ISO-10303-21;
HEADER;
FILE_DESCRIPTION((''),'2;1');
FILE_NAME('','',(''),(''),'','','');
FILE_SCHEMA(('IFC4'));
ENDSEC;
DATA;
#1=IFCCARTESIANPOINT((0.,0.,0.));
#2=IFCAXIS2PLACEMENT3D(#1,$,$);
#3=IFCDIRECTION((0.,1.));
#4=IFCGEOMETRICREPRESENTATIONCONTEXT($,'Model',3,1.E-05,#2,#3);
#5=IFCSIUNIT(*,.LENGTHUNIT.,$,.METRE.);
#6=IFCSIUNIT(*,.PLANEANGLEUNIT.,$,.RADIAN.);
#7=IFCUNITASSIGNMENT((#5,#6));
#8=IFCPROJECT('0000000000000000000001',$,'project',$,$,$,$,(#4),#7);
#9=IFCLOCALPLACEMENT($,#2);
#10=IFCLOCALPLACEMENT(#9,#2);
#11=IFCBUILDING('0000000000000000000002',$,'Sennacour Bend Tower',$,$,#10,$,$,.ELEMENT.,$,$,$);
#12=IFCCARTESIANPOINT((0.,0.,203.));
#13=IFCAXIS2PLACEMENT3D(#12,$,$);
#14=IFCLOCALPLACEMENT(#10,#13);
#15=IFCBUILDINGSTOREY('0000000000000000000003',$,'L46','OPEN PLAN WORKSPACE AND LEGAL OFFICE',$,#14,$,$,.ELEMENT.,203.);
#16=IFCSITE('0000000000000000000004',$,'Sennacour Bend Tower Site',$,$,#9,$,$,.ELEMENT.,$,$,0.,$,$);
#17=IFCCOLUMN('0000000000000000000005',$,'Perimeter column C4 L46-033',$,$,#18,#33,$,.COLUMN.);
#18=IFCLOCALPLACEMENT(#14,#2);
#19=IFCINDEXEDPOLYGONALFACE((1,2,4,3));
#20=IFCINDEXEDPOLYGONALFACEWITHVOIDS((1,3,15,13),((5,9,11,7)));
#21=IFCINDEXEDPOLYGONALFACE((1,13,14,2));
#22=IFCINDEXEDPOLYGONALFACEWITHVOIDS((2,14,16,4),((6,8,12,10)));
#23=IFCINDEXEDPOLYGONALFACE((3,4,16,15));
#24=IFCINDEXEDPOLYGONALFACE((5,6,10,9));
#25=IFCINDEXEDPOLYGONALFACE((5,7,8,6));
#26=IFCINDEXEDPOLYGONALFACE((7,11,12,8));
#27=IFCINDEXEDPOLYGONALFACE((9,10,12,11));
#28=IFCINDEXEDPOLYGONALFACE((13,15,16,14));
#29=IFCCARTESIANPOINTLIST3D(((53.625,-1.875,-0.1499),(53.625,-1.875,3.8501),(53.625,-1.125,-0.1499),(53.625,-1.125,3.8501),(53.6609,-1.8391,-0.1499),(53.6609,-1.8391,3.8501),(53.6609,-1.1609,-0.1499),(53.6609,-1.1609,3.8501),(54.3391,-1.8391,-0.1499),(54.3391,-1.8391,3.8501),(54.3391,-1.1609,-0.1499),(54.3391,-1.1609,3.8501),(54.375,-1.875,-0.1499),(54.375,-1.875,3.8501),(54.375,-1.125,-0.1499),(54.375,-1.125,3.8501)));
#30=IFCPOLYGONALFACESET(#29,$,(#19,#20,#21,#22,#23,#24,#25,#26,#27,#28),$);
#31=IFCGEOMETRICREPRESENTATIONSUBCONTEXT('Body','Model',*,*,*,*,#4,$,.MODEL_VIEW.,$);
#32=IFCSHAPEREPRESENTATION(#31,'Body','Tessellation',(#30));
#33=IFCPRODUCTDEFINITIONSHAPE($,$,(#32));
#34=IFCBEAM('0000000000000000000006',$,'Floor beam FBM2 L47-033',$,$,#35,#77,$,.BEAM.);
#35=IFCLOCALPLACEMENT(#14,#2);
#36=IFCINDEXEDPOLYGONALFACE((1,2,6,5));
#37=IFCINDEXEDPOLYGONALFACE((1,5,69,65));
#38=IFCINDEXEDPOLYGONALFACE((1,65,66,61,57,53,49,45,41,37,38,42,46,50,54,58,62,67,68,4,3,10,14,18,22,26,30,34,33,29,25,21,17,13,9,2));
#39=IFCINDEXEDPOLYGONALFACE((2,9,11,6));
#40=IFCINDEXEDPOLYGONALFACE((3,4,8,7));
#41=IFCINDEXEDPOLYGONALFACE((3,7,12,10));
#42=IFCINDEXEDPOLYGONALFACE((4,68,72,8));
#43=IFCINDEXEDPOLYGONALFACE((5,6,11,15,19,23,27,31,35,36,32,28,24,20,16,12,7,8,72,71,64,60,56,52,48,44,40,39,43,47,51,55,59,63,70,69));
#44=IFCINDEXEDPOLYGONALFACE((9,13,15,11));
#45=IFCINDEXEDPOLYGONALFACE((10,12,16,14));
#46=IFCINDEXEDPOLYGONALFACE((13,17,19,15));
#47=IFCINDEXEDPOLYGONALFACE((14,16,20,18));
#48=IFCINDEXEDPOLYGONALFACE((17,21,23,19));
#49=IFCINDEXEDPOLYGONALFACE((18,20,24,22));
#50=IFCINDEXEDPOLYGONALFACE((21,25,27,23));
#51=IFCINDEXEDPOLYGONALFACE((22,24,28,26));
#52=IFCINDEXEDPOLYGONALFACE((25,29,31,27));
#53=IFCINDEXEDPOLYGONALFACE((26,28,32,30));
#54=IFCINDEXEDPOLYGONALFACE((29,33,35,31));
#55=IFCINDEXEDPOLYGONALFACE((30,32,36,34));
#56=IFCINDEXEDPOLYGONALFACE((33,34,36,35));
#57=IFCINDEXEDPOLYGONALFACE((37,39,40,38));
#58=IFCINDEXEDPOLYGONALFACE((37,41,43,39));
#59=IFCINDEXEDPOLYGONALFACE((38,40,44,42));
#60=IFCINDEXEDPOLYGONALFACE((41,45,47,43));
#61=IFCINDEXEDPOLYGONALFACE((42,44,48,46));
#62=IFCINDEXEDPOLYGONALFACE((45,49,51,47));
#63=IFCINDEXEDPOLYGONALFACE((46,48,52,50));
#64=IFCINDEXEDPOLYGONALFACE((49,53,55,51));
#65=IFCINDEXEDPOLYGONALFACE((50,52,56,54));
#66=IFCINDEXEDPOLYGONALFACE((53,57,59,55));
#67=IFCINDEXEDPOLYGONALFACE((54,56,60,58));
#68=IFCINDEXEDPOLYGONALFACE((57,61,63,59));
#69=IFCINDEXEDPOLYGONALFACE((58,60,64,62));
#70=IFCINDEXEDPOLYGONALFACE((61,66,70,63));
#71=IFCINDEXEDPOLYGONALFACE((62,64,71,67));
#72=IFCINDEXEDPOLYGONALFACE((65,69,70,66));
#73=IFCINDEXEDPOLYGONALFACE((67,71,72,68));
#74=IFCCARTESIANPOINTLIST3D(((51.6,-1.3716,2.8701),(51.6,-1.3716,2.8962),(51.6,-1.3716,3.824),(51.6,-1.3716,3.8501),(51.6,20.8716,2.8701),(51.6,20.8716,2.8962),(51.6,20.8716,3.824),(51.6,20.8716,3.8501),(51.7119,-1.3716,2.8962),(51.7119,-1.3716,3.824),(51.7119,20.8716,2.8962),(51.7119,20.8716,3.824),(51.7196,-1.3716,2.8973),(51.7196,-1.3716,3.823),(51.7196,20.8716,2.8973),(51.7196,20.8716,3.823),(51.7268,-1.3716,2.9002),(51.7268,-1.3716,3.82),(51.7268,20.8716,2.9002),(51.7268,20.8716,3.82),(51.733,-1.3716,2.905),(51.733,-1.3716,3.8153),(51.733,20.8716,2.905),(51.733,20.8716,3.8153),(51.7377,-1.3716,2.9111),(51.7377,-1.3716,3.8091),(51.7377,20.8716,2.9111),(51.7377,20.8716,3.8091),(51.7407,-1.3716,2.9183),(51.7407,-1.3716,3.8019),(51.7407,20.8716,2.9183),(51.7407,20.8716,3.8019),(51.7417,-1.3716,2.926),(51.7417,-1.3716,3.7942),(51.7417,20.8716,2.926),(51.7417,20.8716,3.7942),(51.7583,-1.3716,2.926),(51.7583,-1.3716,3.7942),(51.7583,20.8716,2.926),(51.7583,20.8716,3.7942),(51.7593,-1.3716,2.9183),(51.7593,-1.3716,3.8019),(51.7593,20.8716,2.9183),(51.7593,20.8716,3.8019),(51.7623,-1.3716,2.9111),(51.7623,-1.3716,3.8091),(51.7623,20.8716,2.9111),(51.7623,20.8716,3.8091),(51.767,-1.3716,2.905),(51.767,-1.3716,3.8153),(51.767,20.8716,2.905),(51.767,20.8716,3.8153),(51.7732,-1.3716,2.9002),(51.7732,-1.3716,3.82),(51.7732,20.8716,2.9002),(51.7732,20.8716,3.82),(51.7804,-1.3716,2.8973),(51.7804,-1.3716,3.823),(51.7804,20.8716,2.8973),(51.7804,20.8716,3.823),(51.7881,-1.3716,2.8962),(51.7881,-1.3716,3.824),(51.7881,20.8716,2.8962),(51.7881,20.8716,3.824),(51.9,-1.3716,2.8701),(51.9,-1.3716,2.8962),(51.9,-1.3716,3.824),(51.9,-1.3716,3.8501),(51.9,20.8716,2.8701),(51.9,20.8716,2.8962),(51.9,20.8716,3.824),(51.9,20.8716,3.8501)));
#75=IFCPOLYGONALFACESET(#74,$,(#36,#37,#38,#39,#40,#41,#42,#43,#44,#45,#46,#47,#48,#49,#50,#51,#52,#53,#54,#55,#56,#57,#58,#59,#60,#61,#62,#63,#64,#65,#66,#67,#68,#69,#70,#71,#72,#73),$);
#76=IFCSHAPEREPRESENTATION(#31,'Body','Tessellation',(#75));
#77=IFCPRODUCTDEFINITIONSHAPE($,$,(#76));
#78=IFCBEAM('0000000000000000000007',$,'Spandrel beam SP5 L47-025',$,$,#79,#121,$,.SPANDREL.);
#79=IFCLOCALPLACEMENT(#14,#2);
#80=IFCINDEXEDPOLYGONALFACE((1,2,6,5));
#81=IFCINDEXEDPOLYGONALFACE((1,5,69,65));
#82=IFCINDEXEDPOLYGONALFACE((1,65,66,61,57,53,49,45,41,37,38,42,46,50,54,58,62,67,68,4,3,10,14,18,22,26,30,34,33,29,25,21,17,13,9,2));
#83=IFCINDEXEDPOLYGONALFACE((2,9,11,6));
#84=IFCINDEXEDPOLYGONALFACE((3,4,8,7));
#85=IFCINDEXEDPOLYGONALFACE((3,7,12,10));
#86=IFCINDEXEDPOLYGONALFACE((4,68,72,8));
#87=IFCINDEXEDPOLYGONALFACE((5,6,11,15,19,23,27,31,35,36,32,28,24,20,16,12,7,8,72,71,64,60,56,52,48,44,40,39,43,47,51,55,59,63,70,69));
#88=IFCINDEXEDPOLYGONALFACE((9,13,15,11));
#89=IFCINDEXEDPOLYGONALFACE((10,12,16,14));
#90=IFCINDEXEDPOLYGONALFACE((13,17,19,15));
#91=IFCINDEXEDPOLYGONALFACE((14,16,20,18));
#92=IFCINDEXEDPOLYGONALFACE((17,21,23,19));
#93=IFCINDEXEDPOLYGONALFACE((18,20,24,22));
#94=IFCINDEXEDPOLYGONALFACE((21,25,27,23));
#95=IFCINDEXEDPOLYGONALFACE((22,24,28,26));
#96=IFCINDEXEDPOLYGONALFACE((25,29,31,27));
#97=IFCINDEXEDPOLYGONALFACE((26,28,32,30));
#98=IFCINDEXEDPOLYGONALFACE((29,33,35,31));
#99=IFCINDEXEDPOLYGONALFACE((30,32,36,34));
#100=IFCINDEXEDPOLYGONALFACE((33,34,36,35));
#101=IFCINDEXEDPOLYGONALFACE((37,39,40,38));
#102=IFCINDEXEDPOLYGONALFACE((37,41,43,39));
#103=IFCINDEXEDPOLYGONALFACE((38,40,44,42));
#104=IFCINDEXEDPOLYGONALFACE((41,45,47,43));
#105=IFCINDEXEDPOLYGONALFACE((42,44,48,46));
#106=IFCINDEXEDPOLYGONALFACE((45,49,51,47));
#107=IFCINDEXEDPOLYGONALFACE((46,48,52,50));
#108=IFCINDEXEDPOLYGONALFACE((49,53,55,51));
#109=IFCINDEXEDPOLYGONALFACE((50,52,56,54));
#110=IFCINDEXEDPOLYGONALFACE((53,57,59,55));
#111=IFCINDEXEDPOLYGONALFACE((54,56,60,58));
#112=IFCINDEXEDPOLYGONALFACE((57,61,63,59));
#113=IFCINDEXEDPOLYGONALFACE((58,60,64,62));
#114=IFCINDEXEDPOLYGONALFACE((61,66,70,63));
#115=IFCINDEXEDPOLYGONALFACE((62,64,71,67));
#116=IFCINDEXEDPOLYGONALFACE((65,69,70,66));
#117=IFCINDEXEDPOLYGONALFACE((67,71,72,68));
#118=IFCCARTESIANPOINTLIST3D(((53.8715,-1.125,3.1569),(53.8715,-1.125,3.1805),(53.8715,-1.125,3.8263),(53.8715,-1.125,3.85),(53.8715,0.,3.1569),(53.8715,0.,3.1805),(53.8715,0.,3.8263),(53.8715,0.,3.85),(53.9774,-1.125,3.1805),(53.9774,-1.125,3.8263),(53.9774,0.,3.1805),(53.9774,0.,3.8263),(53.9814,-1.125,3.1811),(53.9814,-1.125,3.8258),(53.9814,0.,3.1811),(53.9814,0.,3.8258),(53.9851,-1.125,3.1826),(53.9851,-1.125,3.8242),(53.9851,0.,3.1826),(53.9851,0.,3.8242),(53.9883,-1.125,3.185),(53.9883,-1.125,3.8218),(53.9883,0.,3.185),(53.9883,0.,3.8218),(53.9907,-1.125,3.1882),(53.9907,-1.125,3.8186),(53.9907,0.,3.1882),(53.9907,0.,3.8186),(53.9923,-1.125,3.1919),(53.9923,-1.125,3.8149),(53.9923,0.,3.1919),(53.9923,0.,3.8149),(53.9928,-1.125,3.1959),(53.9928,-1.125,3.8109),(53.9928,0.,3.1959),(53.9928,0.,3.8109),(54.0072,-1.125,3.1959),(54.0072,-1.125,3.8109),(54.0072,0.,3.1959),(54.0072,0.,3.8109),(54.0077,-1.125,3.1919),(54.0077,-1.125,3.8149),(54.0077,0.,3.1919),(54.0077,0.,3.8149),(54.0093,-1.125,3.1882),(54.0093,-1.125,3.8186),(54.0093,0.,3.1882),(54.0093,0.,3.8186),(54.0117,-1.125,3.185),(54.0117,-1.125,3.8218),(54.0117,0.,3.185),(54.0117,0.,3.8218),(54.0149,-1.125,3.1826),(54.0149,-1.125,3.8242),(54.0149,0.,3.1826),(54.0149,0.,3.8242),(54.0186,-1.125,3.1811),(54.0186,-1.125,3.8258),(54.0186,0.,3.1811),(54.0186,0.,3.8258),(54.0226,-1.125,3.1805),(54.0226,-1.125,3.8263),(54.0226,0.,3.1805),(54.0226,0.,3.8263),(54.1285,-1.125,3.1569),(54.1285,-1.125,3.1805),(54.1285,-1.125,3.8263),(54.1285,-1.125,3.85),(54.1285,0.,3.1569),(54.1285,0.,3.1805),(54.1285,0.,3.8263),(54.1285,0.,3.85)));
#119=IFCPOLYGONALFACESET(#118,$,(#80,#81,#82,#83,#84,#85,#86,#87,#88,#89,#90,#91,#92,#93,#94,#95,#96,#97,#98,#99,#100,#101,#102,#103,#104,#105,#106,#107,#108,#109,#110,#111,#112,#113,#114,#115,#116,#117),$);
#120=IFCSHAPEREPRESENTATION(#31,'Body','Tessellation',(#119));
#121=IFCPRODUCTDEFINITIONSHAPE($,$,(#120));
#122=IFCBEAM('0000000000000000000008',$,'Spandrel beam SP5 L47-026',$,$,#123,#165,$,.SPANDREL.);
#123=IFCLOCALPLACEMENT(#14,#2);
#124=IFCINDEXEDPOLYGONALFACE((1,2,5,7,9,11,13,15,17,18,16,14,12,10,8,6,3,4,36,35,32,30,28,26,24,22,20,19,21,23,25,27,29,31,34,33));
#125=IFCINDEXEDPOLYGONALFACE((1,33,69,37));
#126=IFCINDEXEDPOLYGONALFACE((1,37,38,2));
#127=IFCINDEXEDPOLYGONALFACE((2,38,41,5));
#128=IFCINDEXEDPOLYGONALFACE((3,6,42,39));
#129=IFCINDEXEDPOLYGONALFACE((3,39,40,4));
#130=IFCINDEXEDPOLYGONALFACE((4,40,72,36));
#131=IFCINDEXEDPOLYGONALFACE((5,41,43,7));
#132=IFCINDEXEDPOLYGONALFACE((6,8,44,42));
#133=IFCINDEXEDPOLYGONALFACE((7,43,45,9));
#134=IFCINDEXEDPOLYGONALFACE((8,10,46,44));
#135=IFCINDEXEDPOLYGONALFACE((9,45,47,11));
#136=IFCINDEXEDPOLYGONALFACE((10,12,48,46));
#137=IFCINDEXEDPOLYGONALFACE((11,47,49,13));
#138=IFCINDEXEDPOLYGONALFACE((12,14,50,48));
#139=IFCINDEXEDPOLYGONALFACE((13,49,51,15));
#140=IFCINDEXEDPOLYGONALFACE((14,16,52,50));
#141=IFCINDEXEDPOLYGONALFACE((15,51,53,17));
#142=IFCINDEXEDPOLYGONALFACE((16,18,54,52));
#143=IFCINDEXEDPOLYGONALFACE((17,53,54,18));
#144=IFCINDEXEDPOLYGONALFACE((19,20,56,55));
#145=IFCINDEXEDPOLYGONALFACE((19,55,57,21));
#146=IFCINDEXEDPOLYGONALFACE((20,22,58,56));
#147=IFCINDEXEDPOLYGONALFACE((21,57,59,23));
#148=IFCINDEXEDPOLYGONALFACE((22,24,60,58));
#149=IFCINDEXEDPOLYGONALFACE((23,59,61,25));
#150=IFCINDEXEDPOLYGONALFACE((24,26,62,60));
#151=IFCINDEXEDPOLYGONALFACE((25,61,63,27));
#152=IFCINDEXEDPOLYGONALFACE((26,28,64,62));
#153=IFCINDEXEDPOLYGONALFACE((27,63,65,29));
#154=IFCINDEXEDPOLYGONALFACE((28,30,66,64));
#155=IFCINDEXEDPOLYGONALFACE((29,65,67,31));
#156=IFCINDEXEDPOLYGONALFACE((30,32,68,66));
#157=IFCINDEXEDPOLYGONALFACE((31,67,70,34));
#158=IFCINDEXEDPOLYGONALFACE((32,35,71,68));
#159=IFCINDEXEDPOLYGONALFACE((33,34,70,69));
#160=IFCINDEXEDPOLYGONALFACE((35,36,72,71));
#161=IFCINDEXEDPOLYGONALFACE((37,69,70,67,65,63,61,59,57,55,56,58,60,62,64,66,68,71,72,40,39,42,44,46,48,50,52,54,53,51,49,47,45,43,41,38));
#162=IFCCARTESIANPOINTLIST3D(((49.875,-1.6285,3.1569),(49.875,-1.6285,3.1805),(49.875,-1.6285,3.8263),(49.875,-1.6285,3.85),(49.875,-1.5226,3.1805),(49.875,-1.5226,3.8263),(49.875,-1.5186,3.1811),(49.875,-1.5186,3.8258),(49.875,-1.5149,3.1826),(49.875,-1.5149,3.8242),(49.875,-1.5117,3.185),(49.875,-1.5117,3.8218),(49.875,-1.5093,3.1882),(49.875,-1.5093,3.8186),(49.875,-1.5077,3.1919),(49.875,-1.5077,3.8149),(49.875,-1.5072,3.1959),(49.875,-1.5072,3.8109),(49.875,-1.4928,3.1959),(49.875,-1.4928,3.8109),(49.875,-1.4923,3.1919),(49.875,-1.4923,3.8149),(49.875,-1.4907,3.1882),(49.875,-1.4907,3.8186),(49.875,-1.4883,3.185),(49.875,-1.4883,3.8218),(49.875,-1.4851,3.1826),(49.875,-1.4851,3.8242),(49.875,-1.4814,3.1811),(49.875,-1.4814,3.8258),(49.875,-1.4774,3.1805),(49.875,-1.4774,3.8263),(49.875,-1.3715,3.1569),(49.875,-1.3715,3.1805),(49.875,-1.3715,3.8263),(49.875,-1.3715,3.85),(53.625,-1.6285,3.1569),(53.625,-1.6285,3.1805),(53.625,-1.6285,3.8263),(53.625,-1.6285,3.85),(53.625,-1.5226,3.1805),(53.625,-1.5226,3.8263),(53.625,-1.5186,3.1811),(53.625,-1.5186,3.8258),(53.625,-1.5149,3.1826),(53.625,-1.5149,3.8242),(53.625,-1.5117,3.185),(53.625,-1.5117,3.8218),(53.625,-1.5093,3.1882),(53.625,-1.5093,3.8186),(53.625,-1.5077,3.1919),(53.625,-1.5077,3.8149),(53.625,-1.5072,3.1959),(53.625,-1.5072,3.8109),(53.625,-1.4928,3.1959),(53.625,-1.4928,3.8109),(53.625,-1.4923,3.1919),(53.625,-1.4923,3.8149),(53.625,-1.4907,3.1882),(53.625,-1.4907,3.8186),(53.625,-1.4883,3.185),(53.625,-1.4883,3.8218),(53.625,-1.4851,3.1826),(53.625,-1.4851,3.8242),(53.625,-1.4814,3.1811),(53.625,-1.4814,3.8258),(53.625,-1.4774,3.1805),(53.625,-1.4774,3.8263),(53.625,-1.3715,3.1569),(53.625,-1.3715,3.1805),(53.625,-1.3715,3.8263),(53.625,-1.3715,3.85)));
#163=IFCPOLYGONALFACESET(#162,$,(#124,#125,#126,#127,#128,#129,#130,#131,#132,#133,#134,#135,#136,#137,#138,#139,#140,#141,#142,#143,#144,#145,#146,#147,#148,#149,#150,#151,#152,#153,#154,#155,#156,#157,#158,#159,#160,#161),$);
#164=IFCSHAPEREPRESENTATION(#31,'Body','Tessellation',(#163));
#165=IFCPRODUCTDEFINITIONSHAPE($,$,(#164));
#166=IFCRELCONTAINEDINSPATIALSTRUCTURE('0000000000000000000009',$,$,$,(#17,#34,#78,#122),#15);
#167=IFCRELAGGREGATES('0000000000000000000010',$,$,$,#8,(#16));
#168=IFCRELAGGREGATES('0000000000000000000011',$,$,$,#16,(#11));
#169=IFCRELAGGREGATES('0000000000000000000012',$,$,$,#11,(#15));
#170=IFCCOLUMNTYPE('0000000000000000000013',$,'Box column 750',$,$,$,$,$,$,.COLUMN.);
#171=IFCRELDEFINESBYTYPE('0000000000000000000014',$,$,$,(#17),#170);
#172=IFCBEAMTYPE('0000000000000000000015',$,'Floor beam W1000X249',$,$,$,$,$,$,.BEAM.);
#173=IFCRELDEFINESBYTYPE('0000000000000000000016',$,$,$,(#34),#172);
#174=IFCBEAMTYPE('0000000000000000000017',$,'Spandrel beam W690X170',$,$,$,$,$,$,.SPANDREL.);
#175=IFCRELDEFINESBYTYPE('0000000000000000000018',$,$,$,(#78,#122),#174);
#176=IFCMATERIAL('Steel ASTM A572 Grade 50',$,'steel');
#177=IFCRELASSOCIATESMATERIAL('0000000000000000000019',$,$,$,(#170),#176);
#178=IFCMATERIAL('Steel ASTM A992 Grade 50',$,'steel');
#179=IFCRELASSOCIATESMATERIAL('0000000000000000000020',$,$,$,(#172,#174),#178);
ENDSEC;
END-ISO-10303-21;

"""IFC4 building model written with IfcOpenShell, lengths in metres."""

from ifc_helpers import new_model, si_unit, direction, frame, origin, origin_2d, place, context, subcontext, project, spatial, hollow_rectangle, i_section, extrude, material, material_profile, profile_set, type_object, element, save


model = new_model("IFC4")

# Units and contexts
model_context = context("Model", 3, precision=1e-05, world=origin(), true_north=direction((0.0, 1.0)))
body_context = subcontext(model_context, "Body", "Model", "MODEL_VIEW")
ifc_project = project(units=[si_unit("LENGTHUNIT", "METRE"), si_unit("PLANEANGLEUNIT", "RADIAN")], contexts=[model_context])

# Site, building, storey
site_placement = place(None, origin())
site = spatial("IfcSite", under=ifc_project, at=site_placement, Name="Sennacour Bend Tower Site", CompositionType="ELEMENT", RefElevation=0.0)
building_placement = place(site_placement, origin())
building = spatial("IfcBuilding", under=site, at=building_placement, Name="Sennacour Bend Tower", CompositionType="ELEMENT")
storey_placement = place(building_placement, frame((0.0, 0.0, 203.0)))
storey = spatial("IfcBuildingStorey", under=building, at=storey_placement, Name="L46", Description="OPEN PLAN WORKSPACE AND LEGAL OFFICE", CompositionType="ELEMENT", Elevation=203.0)

# Column
ifc_material_1 = material(Name="Steel ASTM A572 Grade 50", Category="steel")
ifc_material_profile_1 = material_profile(ifc_material_1, hollow_rectangle(XDim=0.75, YDim=0.75, WallThickness=0.0359, at=origin_2d()), Name="Steel ASTM A572 Grade 50", Category="steel")
ifc_profile_set_1 = profile_set([ifc_material_profile_1], Name="Steel ASTM A572 Grade 50")
column_type = type_object("IfcColumnType", Name="Box column 750", PredefinedType="COLUMN", material=ifc_profile_set_1)
column_placement = place(storey_placement, frame((54.0, -1.5, -0.1499), z_axis=(0.0, 0.0, 1.0), x_axis=(1.0, 0.0, 0.0)))
element("IfcColumn", 1, at=column_placement, inside=storey, type_object=column_type, Name="Perimeter column C4 L46-033", PredefinedType="COLUMN", context=body_context, shape_type="SweptSolid", body=[
    extrude(hollow_rectangle(XDim=0.75, YDim=0.75, WallThickness=0.0359, at=origin_2d()), origin(), (0.0, 0.0, 1.0), 4.0),
])

# Beams
ifc_material_2 = material(Name="Steel ASTM A992 Grade 50", Category="steel")
ifc_material_profile_2 = material_profile(ifc_material_2, i_section(OverallWidth=0.3, OverallDepth=0.98, WebThickness=0.0166, FlangeThickness=0.0261, FilletRadius=0.0298, at=origin_2d()), Name="Steel ASTM A992 Grade 50", Category="steel")
ifc_profile_set_2 = profile_set([ifc_material_profile_2], Name="Steel ASTM A992 Grade 50")
beam_type_1 = type_object("IfcBeamType", Name="Floor beam W1000X249", PredefinedType="BEAM", material=ifc_profile_set_2)
beam_1_placement = place(storey_placement, frame((51.75, -1.3716, 3.3601), z_axis=(0.0, 1.0, 0.0), x_axis=(-1.0, 0.0, 0.0)))
element("IfcBeam", 2, at=beam_1_placement, inside=storey, type_object=beam_type_1, Name="Floor beam FBM2 L47-033", PredefinedType="BEAM", context=body_context, shape_type="SweptSolid", body=[
    extrude(i_section(OverallWidth=0.3, OverallDepth=0.98, WebThickness=0.0166, FlangeThickness=0.0261, FilletRadius=0.0298, at=origin_2d()), origin(), (0.0, 0.0, 1.0), 22.2432),
])
ifc_material_profile_3 = material_profile(ifc_material_2, i_section(OverallWidth=0.2571, OverallDepth=0.6931, WebThickness=0.0144, FlangeThickness=0.0237, FilletRadius=0.0154, at=origin_2d()), Name="Steel ASTM A992 Grade 50", Category="steel")
ifc_profile_set_3 = profile_set([ifc_material_profile_3], Name="Steel ASTM A992 Grade 50")
beam_type_2 = type_object("IfcBeamType", Name="Spandrel beam W690X170", PredefinedType="SPANDREL", material=ifc_profile_set_3)
beam_2_placement = place(storey_placement, frame((54.0, 0.0, 3.5034), z_axis=(0.0, -1.0, 0.0), x_axis=(1.0, 0.0, 0.0)))
element("IfcBeam", 3, at=beam_2_placement, inside=storey, type_object=beam_type_2, Name="Spandrel beam SP5 L47-025", PredefinedType="SPANDREL", context=body_context, shape_type="SweptSolid", body=[
    extrude(i_section(OverallWidth=0.2571, OverallDepth=0.6931, WebThickness=0.0144, FlangeThickness=0.0237, FilletRadius=0.0154, at=origin_2d()), origin(), (0.0, 0.0, 1.0), 1.125),
])
beam_3_placement = place(storey_placement, frame((53.625, -1.5, 3.5034), z_axis=(-1.0, 0.0, 0.0), x_axis=(0.0, -1.0, 0.0)))
element("IfcBeam", 4, at=beam_3_placement, inside=storey, type_object=beam_type_2, Name="Spandrel beam SP5 L47-026", PredefinedType="SPANDREL", context=body_context, shape_type="SweptSolid", body=[
    extrude(i_section(OverallWidth=0.2571, OverallDepth=0.6931, WebThickness=0.0144, FlangeThickness=0.0237, FilletRadius=0.0154, at=origin_2d()), origin(), (0.0, 0.0, 1.0), 3.75),
])

save(model, "model.ifc")
